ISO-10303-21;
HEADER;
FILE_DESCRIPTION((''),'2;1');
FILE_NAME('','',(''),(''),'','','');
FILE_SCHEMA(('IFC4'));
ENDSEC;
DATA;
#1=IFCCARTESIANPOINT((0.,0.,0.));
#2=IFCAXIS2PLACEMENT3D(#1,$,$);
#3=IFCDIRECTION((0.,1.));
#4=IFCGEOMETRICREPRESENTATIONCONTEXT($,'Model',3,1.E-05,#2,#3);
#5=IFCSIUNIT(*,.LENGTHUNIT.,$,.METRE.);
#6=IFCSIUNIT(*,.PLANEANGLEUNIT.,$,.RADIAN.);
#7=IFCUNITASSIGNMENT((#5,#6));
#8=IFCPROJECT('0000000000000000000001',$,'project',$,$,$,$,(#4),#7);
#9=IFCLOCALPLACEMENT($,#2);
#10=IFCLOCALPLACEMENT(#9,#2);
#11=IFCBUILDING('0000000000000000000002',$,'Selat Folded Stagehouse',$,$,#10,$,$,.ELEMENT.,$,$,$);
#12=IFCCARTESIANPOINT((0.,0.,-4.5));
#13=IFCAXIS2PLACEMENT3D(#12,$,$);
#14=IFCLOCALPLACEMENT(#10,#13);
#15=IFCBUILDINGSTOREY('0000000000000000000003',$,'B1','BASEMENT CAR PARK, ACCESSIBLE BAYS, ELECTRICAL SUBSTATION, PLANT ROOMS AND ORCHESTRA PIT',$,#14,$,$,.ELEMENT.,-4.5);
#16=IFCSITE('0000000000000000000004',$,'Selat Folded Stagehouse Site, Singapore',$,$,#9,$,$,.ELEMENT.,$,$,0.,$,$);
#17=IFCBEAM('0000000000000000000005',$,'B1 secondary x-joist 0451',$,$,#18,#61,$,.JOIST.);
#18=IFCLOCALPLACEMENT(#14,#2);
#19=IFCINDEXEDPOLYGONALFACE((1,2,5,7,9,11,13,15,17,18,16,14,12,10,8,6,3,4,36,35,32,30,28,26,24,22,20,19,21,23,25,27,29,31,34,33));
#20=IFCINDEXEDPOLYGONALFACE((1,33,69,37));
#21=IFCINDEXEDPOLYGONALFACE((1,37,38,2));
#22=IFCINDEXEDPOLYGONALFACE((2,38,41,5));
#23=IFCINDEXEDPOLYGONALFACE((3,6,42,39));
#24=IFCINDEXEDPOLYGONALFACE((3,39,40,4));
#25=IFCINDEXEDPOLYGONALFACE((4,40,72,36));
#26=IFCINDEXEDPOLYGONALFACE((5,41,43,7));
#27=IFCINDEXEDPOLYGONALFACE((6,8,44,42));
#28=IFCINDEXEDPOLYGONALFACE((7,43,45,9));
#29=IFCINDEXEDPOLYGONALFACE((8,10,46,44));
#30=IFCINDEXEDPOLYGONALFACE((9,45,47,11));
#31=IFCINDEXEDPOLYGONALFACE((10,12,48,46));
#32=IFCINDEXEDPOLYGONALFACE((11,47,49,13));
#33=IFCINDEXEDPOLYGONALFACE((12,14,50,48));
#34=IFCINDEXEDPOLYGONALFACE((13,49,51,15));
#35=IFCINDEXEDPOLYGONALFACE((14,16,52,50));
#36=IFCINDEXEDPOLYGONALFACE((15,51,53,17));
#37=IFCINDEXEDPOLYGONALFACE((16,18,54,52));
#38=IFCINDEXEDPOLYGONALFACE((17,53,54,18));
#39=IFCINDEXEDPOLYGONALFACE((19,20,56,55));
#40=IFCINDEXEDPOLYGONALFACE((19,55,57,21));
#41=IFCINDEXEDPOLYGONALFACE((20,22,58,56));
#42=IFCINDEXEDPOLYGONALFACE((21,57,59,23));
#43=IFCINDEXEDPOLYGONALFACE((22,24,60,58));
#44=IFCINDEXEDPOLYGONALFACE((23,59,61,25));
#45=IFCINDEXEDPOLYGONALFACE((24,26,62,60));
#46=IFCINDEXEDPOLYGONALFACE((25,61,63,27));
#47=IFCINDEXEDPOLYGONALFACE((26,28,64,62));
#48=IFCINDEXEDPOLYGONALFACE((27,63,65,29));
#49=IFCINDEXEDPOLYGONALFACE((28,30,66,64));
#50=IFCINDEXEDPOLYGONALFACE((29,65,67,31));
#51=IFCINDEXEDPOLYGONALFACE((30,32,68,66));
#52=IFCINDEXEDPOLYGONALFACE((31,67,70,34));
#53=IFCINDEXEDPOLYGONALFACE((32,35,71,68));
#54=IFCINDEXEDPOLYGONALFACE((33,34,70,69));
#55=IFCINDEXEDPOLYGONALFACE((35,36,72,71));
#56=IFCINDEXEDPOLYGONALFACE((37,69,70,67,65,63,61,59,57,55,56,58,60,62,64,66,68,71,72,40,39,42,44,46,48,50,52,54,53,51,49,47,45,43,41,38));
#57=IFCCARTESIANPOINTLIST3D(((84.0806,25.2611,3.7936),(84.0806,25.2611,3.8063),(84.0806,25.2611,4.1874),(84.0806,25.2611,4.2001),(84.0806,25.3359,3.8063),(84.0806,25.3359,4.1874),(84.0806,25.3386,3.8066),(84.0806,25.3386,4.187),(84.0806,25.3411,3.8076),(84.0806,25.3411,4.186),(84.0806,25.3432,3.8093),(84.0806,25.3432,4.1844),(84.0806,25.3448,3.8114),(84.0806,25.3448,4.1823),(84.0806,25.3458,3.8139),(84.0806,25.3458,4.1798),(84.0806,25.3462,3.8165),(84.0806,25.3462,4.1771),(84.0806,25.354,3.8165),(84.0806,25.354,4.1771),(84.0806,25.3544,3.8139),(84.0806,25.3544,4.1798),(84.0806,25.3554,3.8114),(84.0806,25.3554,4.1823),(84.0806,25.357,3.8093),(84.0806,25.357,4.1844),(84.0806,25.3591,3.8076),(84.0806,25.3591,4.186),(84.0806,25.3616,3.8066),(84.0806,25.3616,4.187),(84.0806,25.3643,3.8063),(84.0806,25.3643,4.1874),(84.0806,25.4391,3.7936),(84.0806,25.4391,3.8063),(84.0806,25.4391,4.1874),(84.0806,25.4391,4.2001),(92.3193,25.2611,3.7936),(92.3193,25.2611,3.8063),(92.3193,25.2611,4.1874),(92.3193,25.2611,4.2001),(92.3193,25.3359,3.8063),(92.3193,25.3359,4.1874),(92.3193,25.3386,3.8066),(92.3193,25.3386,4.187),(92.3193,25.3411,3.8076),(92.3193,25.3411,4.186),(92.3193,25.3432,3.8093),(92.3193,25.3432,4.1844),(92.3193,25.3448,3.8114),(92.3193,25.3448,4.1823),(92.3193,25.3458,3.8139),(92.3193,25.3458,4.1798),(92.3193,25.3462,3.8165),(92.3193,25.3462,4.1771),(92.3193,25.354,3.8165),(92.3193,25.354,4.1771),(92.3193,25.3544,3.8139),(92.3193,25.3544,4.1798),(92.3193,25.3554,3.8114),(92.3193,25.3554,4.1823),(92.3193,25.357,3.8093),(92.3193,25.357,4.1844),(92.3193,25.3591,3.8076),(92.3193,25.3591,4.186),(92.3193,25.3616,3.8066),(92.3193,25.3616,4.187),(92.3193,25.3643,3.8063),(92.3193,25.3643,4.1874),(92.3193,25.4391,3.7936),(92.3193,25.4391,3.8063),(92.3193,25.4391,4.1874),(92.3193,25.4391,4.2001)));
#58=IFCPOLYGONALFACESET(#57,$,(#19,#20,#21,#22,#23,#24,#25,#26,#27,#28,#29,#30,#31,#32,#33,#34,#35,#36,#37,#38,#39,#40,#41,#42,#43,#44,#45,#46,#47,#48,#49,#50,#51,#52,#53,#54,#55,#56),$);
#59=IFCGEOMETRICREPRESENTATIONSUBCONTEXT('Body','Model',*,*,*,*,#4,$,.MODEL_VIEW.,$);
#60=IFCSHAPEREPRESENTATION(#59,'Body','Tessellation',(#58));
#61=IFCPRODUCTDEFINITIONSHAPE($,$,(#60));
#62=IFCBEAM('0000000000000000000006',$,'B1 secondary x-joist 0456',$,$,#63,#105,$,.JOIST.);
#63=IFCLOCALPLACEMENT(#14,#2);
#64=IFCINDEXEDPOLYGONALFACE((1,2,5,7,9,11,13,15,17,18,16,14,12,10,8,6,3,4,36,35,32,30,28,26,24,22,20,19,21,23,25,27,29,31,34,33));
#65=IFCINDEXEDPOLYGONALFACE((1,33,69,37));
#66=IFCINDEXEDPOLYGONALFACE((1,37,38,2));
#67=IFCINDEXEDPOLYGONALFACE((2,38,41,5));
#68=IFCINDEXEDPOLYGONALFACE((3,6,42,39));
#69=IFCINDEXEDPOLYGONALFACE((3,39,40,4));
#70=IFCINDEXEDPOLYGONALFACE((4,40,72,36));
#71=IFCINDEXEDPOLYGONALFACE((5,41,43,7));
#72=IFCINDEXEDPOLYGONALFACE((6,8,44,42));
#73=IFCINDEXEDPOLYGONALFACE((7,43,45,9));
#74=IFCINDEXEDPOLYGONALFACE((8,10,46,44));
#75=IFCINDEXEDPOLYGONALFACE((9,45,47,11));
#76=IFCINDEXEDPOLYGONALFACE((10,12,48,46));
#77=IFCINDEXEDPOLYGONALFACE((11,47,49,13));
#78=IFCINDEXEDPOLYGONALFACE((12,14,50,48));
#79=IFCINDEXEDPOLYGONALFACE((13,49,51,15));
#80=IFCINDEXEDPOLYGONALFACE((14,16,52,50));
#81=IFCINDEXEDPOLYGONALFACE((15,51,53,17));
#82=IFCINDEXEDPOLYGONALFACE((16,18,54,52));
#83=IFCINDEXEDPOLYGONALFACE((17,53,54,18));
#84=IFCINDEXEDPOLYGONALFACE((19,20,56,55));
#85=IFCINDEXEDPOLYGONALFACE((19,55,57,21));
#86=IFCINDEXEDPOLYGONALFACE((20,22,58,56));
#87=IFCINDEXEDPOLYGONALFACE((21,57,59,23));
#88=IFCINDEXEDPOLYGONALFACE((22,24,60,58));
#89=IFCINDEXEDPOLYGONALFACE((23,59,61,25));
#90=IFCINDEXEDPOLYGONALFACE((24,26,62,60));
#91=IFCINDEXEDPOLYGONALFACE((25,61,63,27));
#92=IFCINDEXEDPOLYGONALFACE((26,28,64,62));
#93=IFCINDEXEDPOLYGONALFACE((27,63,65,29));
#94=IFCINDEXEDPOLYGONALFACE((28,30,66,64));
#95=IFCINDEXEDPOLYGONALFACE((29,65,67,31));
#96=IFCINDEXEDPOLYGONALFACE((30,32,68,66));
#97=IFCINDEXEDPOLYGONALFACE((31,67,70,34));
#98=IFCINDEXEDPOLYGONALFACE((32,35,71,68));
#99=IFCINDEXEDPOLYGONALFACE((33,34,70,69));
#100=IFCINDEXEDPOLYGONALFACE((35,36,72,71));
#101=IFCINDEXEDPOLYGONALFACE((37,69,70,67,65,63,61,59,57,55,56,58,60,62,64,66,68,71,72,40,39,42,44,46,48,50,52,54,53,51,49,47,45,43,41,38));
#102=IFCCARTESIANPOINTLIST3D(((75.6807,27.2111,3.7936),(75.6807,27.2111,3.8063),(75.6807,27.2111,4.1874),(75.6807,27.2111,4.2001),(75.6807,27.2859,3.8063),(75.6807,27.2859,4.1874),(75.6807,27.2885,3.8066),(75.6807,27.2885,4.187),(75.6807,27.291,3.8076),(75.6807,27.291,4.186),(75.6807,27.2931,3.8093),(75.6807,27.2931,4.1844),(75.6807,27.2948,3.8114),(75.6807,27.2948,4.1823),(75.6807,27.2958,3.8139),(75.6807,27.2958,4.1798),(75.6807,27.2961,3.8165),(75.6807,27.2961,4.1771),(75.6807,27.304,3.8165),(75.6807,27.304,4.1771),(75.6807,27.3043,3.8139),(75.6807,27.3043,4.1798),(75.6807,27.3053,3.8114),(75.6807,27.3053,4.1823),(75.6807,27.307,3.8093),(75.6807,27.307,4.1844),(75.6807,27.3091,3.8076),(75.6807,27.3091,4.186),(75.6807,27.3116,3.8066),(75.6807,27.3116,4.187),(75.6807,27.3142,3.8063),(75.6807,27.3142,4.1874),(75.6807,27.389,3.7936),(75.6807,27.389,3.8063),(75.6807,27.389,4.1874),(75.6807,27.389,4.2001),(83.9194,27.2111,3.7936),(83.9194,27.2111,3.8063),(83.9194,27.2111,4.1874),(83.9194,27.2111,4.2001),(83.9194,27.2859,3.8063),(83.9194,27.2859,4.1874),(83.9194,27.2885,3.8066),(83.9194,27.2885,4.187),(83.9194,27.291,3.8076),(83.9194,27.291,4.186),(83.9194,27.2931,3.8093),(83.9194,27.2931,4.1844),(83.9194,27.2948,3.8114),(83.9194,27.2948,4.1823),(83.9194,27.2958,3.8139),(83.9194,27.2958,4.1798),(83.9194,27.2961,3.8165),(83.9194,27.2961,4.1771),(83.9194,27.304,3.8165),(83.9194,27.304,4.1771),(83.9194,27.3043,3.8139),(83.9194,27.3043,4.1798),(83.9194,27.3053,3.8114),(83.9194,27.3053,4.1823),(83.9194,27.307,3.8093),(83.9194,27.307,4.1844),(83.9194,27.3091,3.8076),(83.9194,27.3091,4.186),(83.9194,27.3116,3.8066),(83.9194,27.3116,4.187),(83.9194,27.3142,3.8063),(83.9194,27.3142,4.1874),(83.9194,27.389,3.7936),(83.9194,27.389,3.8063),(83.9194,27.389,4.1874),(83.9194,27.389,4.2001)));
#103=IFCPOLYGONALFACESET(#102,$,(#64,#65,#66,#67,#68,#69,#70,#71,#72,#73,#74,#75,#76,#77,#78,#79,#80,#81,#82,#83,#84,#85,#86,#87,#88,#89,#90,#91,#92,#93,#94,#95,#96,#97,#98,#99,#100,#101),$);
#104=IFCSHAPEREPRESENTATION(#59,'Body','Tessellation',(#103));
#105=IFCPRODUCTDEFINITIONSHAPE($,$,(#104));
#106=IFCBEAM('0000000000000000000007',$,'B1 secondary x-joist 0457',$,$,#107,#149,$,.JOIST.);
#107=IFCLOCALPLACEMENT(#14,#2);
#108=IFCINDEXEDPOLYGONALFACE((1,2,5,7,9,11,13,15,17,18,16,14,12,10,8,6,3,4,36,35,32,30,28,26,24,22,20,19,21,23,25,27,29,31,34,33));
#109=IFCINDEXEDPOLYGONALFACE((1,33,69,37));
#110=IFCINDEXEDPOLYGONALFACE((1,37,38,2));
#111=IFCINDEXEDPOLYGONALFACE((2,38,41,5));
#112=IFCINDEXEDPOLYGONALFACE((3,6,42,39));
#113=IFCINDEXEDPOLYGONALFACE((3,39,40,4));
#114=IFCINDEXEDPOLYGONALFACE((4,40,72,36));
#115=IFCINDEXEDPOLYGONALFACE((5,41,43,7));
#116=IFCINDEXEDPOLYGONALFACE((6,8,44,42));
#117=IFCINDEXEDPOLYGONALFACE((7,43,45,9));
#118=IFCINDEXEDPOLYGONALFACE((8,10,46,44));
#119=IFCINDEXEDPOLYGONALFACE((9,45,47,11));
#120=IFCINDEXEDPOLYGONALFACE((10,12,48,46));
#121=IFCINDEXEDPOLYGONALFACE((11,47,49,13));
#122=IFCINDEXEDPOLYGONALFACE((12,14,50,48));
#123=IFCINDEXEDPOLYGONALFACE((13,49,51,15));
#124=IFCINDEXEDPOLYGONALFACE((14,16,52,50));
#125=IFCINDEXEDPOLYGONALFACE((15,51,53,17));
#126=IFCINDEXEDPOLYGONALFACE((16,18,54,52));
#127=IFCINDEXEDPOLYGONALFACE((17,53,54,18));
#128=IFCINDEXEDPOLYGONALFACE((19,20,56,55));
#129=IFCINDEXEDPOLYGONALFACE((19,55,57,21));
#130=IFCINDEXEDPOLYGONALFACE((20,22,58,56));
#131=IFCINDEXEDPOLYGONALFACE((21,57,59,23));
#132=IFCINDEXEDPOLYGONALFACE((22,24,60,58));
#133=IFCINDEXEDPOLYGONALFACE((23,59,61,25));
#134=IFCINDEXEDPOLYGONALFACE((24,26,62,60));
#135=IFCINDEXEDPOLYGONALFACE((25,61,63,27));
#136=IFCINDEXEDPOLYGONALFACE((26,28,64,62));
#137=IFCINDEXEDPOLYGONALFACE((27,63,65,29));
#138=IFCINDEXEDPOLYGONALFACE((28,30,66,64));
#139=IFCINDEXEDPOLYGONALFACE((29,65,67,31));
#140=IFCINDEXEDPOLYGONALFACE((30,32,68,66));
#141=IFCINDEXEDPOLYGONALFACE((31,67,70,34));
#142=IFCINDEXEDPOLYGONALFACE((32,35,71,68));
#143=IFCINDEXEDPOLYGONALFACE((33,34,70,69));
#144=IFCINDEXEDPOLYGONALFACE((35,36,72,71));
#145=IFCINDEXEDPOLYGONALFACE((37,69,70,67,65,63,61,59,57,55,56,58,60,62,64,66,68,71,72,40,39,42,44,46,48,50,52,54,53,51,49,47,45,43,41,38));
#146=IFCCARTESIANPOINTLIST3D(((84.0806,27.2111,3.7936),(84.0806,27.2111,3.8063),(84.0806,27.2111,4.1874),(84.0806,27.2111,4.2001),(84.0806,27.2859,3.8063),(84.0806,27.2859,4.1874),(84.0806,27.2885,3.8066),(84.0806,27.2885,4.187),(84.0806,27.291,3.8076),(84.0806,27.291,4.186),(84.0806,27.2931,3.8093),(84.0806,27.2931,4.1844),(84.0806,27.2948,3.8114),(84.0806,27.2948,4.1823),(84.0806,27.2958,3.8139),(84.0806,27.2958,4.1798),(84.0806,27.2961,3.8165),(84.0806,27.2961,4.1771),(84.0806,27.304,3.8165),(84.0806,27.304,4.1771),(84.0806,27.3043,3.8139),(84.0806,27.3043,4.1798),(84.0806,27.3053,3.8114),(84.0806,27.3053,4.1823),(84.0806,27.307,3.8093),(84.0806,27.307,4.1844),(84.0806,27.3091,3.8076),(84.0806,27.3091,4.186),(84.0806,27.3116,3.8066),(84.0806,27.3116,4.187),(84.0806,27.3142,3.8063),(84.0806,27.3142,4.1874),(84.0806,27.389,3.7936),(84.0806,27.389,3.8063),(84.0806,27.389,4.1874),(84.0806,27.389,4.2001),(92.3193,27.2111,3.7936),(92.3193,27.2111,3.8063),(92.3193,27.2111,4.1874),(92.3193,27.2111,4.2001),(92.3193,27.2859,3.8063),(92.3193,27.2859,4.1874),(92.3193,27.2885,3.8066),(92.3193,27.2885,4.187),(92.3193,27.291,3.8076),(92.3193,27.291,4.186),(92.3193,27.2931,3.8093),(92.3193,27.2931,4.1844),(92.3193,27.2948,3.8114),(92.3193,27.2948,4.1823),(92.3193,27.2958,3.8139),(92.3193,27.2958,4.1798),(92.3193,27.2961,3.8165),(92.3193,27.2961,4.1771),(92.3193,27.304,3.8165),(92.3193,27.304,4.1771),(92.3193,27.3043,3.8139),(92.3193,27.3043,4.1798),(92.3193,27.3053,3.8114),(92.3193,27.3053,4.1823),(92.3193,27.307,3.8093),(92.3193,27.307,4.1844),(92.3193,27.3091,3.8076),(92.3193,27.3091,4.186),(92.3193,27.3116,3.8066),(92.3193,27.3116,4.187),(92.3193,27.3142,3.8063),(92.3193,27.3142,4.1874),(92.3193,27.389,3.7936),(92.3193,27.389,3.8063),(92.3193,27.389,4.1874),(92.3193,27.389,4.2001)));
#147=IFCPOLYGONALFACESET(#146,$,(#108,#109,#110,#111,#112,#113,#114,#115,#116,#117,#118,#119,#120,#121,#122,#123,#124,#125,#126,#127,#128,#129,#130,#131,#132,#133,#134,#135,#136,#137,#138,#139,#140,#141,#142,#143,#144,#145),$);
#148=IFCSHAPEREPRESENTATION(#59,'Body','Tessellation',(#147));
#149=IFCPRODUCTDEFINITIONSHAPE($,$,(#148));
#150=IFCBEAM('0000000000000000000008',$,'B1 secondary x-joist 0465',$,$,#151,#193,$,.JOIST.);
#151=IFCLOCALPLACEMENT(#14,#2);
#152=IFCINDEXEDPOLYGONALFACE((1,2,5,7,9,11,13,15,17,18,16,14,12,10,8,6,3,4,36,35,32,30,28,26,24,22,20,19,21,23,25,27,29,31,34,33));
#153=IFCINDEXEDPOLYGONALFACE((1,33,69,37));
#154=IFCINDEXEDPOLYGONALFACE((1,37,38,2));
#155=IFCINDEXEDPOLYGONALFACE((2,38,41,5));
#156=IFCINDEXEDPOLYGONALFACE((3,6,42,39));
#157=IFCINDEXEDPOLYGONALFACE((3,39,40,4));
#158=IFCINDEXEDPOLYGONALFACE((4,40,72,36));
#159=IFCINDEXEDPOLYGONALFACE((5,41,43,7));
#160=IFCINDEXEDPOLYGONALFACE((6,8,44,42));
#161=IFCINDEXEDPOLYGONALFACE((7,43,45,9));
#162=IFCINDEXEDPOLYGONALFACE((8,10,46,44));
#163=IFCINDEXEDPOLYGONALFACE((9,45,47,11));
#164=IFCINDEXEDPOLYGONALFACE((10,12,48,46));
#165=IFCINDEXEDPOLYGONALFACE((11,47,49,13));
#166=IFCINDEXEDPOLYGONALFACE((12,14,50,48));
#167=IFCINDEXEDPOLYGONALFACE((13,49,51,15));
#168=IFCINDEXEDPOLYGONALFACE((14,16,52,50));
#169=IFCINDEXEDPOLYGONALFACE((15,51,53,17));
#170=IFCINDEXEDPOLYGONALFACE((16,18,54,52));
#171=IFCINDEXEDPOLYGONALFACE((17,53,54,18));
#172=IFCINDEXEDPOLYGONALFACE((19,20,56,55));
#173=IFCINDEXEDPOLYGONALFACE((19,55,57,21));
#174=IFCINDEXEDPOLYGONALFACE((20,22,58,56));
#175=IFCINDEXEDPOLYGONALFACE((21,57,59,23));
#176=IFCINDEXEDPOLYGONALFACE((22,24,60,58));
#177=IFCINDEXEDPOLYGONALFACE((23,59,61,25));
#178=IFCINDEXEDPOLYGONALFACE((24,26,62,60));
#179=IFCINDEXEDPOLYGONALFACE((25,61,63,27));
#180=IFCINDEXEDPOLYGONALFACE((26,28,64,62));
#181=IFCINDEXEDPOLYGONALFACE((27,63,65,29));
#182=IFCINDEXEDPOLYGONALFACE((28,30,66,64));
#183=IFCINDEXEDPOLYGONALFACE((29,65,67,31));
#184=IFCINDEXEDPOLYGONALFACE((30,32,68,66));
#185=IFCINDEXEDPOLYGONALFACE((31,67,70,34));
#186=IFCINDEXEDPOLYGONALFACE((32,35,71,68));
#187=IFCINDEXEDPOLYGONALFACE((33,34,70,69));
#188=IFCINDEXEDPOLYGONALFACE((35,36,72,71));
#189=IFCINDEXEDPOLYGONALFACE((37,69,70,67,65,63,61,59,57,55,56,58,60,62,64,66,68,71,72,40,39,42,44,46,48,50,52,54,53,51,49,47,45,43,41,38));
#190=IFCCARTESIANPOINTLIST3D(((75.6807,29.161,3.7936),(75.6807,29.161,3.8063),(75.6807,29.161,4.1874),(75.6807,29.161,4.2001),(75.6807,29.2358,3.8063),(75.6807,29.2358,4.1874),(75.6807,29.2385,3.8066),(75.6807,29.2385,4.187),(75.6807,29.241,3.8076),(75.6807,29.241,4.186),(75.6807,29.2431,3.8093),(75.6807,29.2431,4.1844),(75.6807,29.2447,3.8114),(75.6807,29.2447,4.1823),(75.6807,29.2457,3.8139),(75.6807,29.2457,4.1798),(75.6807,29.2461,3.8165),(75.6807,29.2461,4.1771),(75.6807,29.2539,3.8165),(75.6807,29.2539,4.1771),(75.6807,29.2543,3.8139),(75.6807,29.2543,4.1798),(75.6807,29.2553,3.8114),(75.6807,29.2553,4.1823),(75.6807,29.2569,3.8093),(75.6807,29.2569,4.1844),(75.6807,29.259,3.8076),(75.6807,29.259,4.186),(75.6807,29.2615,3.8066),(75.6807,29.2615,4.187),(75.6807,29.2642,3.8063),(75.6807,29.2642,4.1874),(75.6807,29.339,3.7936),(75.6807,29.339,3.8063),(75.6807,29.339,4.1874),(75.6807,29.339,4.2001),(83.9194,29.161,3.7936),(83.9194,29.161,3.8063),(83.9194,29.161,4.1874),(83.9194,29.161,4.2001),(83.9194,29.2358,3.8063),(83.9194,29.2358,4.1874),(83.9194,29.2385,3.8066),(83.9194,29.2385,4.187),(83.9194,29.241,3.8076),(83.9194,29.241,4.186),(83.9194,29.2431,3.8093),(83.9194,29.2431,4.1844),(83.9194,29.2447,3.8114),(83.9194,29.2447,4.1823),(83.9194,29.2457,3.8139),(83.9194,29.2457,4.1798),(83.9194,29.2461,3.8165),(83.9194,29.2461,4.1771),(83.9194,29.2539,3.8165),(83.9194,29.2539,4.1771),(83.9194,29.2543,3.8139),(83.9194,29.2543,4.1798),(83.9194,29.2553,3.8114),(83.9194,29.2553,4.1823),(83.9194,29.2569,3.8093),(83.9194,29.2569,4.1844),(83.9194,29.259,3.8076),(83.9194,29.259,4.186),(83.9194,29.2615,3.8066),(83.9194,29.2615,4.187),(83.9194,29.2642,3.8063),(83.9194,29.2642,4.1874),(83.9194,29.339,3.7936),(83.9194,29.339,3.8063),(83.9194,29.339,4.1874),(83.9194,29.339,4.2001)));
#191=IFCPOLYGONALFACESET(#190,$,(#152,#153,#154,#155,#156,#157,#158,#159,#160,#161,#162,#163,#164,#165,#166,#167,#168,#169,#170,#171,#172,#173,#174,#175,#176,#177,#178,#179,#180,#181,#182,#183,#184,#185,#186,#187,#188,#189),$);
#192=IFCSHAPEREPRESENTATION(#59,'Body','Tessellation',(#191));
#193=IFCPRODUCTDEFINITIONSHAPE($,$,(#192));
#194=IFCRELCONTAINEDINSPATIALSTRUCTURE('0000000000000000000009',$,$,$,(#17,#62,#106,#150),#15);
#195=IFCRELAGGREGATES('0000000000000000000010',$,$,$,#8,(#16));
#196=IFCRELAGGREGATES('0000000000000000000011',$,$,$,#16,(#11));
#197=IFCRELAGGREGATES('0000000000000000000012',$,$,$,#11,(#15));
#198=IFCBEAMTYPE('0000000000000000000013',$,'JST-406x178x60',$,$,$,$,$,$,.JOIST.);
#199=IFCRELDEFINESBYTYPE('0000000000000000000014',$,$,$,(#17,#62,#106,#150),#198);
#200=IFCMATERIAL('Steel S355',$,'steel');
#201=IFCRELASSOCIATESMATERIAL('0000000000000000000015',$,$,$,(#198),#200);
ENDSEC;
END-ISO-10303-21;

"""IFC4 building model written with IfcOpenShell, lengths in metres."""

from ifc_helpers import new_model, si_unit, direction, frame, origin, origin_2d, place, context, subcontext, project, spatial, i_section, extrude, material, material_profile, profile_set, type_object, element, save


model = new_model("IFC4")

# Units and contexts
model_context = context("Model", 3, precision=1e-05, world=origin(), true_north=direction((0.0, 1.0)))
body_context = subcontext(model_context, "Body", "Model", "MODEL_VIEW")
ifc_project = project(units=[si_unit("LENGTHUNIT", "METRE"), si_unit("PLANEANGLEUNIT", "RADIAN")], contexts=[model_context])

# Site, building, storey
site_placement = place(None, origin())
site = spatial("IfcSite", under=ifc_project, at=site_placement, Name="Selat Folded Stagehouse Site, Singapore", CompositionType="ELEMENT", RefElevation=0.0)
building_placement = place(site_placement, origin())
building = spatial("IfcBuilding", under=site, at=building_placement, Name="Selat Folded Stagehouse", CompositionType="ELEMENT")
storey_placement = place(building_placement, frame((0.0, 0.0, -4.5)))
storey = spatial("IfcBuildingStorey", under=building, at=storey_placement, Name="B1", Description="BASEMENT CAR PARK, ACCESSIBLE BAYS, ELECTRICAL SUBSTATION, PLANT ROOMS AND ORCHESTRA PIT", CompositionType="ELEMENT", Elevation=-4.5)

# Beams
ifc_material_1 = material(Name="Steel S355", Category="steel")
ifc_material_profile_1 = material_profile(ifc_material_1, i_section(OverallWidth=0.178, OverallDepth=0.4065, WebThickness=0.0078, FlangeThickness=0.0127, FilletRadius=0.0103, at=origin_2d()), Name="UKB 406x178x60")
ifc_profile_set_1 = profile_set([ifc_material_profile_1], Name="Steel S355")
beam_type_1 = type_object("IfcBeamType", Name="JST-406x178x60", PredefinedType="JOIST", material=ifc_profile_set_1)
for number, where, z_axis, x_axis, name in (
    (1, (84.0806, 25.3501, 3.9968), (1.0, 0.0, 0.0), (0.0, 1.0, 0.0), "B1 secondary x-joist 0451"),
    (2, (75.6807, 27.3, 3.9968), (1.0, 0.0, 0.0), (0.0, 1.0, 0.0), "B1 secondary x-joist 0456"),
    (3, (84.0806, 27.3, 3.9968), (1.0, 0.0, 0.0), (0.0, 1.0, 0.0), "B1 secondary x-joist 0457"),
    (4, (75.6807, 29.25, 3.9968), (1.0, 0.0, 0.0), (0.0, 1.0, 0.0), "B1 secondary x-joist 0465"),
):
    element("IfcBeam", number, at=place(storey_placement, frame(where, z_axis=z_axis, x_axis=x_axis)), inside=storey, type_object=beam_type_1, Name=name, PredefinedType="JOIST", context=body_context, shape_type="SweptSolid", body=[
        extrude(i_section(OverallWidth=0.178, OverallDepth=0.4065, WebThickness=0.0078, FlangeThickness=0.0127, FilletRadius=0.0103, at=origin_2d()), origin(), (0.0, 0.0, 1.0), 8.2388),
    ])

save(model, "model.ifc")
